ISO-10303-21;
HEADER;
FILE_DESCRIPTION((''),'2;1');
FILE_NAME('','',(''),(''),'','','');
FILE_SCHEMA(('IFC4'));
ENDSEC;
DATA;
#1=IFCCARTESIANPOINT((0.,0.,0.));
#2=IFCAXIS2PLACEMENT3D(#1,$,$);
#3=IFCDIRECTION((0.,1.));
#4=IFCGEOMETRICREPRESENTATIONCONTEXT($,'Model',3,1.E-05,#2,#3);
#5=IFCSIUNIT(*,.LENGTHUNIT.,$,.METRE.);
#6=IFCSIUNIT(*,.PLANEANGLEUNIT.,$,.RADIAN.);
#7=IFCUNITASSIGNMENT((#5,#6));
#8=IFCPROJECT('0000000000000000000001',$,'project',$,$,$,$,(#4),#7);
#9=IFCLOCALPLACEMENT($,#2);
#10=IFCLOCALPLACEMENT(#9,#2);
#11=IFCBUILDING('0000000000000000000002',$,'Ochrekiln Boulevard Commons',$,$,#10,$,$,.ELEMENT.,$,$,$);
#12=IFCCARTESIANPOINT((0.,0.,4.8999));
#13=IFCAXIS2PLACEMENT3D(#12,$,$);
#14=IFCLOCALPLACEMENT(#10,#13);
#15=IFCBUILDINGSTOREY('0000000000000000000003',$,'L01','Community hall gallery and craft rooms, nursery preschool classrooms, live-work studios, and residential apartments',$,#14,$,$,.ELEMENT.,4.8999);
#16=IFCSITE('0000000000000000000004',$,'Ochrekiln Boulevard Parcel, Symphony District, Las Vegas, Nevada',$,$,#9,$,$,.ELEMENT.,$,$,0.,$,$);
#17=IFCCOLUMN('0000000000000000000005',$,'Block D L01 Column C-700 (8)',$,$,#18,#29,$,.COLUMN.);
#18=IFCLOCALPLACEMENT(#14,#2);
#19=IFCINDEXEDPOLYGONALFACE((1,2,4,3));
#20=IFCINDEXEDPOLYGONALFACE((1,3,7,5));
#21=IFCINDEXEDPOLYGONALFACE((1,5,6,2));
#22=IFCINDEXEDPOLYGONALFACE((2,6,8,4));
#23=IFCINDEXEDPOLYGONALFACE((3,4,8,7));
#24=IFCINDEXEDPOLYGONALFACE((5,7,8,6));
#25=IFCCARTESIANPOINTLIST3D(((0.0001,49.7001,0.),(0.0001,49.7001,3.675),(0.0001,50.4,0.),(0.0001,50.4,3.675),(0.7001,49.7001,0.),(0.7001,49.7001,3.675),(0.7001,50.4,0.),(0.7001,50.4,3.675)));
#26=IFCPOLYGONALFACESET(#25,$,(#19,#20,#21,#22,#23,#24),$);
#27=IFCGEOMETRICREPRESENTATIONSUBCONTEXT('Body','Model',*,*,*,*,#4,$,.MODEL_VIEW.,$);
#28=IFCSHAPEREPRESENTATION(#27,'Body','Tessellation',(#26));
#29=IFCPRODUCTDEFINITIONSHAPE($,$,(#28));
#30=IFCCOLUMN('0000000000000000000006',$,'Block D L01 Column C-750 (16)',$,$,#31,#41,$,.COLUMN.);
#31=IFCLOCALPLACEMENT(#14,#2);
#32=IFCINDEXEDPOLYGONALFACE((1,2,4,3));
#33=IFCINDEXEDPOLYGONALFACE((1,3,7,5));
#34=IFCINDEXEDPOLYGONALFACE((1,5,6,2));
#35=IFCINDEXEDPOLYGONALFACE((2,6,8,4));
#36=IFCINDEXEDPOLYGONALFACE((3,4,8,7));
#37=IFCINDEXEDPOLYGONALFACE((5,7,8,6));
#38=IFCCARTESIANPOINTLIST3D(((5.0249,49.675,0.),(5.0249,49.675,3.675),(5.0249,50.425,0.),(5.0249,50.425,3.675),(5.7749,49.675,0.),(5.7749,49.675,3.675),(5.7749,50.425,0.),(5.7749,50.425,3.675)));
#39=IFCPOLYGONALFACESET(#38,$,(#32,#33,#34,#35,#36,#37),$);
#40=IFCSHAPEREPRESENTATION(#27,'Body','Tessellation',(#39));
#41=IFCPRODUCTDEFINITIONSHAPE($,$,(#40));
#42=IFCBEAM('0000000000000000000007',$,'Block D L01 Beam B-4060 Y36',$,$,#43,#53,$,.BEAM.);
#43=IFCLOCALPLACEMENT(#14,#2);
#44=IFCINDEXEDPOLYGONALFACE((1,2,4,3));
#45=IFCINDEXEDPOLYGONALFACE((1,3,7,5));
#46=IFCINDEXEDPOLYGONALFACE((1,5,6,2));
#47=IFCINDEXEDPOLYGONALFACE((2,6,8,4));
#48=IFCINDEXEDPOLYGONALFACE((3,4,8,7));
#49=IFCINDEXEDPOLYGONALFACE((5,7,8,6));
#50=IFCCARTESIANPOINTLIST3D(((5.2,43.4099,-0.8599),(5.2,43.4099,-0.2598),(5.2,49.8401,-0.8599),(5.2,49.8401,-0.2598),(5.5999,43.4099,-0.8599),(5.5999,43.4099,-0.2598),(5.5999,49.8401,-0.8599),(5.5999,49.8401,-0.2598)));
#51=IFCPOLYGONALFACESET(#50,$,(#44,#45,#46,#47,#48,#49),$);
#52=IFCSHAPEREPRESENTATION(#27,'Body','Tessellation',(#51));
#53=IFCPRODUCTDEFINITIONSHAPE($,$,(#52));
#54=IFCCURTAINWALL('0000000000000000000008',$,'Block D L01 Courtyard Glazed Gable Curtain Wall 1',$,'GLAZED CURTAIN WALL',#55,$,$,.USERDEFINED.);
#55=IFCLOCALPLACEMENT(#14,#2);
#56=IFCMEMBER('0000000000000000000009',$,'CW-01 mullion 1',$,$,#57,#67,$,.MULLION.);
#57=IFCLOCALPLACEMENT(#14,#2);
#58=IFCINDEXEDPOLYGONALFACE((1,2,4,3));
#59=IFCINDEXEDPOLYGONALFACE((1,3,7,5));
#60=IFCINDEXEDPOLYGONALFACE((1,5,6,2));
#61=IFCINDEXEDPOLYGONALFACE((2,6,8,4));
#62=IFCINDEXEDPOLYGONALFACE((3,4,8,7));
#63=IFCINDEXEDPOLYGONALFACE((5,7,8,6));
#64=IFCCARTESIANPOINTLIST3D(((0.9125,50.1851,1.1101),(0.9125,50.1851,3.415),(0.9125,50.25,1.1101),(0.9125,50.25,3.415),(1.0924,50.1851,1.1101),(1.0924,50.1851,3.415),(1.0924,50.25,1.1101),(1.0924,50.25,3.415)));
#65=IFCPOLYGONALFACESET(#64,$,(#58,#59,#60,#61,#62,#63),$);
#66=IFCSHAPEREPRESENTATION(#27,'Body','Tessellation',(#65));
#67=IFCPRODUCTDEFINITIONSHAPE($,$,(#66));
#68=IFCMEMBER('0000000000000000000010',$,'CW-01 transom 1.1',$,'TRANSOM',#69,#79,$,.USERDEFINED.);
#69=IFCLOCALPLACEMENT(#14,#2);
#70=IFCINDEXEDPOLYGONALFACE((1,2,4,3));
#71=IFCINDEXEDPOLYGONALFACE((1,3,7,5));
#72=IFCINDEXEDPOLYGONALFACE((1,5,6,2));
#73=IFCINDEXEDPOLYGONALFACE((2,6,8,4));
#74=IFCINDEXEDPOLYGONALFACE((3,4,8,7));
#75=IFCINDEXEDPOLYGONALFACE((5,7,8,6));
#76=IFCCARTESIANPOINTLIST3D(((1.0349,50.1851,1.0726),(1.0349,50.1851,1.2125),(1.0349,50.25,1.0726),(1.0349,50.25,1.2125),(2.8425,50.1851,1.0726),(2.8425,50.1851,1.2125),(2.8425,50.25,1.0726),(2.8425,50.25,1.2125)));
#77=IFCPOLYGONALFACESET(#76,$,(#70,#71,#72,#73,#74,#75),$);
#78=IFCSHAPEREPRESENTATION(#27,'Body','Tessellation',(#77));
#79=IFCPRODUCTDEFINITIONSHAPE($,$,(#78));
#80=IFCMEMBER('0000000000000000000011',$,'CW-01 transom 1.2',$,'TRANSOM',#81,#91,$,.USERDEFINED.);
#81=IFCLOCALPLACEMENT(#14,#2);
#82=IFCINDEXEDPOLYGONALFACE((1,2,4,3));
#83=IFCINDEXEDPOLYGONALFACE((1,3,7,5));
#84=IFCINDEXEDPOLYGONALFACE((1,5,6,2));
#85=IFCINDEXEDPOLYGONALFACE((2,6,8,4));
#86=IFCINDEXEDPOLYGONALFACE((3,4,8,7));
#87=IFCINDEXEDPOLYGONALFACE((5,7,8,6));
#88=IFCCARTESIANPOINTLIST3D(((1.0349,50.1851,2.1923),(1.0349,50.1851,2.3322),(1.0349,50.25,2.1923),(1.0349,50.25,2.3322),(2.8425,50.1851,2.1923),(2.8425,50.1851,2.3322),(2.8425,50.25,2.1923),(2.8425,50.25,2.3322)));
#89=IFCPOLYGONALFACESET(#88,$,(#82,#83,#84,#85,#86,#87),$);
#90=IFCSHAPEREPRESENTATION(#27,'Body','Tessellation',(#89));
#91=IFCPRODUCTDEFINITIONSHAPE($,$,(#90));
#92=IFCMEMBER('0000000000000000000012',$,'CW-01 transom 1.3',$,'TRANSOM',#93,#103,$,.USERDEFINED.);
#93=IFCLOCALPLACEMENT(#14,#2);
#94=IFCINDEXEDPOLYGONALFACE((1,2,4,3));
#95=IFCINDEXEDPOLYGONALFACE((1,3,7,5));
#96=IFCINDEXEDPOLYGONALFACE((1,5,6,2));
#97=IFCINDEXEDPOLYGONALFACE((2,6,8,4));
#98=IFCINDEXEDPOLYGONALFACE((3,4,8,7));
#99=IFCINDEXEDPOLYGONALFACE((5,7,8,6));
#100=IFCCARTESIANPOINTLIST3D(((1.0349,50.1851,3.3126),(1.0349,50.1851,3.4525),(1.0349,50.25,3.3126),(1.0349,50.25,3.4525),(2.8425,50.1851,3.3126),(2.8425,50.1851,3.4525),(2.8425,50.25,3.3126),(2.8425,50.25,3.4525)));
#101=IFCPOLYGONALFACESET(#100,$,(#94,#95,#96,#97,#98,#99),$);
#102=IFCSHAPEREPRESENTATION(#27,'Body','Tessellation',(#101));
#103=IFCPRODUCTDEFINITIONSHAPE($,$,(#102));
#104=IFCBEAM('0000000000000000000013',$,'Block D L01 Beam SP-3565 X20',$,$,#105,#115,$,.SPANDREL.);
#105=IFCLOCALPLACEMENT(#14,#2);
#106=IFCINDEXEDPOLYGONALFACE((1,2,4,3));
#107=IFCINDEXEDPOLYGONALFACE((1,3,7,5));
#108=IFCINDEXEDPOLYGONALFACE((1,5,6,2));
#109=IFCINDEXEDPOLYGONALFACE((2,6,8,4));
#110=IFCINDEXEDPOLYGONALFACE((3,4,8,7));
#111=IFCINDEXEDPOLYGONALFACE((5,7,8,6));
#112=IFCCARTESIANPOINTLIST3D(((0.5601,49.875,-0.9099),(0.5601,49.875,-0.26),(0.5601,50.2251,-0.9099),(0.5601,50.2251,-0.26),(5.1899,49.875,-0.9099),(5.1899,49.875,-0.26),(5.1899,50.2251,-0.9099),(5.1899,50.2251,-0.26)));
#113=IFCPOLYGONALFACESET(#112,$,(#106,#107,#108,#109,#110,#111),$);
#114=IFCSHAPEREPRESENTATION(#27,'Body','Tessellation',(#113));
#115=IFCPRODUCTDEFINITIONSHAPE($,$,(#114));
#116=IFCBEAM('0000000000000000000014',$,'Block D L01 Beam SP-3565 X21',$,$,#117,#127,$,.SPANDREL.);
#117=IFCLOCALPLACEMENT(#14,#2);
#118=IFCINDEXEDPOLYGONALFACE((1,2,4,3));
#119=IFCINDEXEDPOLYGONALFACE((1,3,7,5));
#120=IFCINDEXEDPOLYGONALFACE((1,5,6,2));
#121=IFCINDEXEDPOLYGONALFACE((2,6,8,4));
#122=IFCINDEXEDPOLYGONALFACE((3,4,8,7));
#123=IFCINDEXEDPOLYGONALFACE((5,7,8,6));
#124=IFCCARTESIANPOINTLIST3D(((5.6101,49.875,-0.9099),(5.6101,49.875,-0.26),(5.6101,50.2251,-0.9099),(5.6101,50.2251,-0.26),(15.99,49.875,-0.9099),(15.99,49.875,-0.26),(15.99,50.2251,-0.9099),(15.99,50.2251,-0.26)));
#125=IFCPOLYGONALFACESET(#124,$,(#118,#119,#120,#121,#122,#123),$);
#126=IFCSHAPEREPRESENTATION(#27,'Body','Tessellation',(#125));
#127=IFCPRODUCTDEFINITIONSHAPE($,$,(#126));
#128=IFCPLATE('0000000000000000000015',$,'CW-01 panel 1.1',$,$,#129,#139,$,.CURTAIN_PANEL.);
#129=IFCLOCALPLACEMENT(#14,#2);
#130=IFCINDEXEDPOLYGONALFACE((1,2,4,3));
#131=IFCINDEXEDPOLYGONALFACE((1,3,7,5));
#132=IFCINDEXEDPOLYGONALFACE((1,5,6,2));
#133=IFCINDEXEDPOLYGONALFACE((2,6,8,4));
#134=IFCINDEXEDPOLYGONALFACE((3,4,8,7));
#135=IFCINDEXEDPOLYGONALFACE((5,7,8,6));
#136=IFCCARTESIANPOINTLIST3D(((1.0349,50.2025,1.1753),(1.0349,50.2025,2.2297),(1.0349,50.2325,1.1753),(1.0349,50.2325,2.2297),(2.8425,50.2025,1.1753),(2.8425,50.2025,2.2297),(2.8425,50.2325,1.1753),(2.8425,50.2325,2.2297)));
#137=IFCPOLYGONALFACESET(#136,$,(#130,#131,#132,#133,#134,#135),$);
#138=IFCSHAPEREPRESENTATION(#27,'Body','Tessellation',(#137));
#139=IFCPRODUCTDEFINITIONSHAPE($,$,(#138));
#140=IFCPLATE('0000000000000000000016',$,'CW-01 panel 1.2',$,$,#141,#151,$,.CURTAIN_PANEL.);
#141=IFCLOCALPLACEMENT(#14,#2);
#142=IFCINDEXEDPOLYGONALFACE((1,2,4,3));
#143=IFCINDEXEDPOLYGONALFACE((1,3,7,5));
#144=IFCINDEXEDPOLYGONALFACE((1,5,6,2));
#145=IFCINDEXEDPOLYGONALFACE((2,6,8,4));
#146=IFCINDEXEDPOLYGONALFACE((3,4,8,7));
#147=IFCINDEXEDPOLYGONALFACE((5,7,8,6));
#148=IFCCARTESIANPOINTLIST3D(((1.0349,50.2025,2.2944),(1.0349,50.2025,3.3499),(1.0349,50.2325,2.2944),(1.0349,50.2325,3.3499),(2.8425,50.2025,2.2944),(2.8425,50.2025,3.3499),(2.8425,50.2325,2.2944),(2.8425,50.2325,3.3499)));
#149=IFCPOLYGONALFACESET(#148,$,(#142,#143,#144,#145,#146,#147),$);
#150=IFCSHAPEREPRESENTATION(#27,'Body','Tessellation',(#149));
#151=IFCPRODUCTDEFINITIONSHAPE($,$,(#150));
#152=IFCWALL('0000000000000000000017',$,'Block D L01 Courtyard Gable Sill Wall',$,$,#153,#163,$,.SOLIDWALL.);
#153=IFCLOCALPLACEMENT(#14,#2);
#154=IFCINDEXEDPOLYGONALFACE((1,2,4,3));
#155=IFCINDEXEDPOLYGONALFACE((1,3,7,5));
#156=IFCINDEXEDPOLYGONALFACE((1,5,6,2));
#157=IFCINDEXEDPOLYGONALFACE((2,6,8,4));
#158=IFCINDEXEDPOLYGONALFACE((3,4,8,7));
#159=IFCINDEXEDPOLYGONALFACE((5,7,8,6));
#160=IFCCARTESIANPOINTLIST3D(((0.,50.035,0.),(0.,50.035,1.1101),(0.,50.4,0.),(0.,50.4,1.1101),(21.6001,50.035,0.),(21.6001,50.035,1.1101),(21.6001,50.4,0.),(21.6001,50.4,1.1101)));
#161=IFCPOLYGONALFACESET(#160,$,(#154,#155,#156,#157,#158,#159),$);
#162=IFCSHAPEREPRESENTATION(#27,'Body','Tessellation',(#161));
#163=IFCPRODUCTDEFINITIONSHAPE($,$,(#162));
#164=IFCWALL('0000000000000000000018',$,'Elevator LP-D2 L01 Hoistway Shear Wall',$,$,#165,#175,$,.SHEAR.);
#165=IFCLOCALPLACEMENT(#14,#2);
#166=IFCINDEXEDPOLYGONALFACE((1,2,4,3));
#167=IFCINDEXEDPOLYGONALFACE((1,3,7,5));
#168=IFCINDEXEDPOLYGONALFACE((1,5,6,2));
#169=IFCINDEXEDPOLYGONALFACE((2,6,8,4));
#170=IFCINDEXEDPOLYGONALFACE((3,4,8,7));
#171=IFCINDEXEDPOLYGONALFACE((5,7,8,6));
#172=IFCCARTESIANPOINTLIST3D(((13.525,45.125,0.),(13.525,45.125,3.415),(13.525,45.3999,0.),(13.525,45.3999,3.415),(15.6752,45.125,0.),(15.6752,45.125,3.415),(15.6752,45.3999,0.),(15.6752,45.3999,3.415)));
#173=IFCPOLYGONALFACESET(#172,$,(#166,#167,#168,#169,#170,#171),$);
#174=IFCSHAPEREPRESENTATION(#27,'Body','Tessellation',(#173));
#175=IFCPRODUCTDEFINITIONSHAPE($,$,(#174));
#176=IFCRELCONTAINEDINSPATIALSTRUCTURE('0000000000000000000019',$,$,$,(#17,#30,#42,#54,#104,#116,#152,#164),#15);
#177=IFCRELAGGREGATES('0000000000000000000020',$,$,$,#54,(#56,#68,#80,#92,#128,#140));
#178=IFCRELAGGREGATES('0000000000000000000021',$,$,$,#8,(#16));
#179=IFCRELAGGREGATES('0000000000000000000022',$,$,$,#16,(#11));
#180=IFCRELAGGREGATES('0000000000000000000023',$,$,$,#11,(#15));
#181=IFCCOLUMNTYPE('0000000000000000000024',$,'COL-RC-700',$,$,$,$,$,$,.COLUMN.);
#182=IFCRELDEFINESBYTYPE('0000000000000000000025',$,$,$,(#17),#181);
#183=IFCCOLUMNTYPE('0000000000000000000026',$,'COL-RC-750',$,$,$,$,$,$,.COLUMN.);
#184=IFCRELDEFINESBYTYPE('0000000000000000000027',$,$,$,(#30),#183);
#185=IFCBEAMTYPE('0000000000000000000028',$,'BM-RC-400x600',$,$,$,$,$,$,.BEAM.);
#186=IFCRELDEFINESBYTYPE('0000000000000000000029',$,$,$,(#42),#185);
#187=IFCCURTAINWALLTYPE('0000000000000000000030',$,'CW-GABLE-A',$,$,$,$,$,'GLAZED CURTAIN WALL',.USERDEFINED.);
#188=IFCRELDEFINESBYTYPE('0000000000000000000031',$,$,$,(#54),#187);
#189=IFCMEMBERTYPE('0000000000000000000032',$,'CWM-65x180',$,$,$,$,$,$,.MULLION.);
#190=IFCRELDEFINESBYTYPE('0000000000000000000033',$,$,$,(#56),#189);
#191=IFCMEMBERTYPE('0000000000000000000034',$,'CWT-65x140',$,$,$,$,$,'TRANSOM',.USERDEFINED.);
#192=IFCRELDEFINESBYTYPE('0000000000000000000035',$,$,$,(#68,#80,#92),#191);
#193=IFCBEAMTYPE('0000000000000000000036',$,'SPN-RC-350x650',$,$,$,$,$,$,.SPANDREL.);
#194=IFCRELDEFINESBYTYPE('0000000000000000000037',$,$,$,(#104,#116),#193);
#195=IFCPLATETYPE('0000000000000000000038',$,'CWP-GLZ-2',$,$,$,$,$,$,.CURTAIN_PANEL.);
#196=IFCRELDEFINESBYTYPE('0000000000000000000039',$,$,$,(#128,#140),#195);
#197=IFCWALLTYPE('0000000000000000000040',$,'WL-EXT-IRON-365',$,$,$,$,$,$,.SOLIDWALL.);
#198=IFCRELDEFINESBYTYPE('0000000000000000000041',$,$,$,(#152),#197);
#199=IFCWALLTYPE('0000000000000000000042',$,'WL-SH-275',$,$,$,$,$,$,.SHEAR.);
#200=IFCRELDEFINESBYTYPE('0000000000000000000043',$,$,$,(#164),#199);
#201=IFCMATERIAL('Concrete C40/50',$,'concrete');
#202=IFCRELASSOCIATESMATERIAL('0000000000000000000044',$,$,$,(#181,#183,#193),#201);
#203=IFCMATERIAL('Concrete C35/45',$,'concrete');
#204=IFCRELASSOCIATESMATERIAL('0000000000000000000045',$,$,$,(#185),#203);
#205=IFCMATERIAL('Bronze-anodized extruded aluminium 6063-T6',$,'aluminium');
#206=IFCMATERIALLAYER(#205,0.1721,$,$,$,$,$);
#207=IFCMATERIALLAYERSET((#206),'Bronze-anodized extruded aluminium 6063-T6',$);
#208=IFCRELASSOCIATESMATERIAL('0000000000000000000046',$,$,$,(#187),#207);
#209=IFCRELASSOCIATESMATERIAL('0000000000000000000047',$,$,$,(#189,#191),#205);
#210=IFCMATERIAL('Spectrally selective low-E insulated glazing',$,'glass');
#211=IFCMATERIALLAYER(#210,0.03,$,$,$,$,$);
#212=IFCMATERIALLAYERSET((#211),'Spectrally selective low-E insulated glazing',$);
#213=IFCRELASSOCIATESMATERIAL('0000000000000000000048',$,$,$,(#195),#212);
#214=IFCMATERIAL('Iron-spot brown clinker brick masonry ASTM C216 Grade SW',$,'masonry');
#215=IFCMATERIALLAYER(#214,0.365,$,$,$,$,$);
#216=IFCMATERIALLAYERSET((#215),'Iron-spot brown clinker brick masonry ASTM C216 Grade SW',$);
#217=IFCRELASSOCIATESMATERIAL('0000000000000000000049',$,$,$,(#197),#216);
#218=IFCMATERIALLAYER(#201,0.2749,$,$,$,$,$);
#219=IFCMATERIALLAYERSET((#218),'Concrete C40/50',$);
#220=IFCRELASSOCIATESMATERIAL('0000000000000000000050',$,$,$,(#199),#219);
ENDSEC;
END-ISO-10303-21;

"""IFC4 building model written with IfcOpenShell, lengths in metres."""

from ifc_helpers import new_model, si_unit, direction, frame, frame_2d, origin, origin_2d, place, context, subcontext, project, spatial, rectangle, extrude, material, layer, layer_set, material_profile, profile_set, type_object, element, aggregate, save


model = new_model("IFC4")

# Units and contexts
model_context = context("Model", 3, precision=1e-05, world=origin(), true_north=direction((0.0, 1.0)))
body_context = subcontext(model_context, "Body", "Model", "MODEL_VIEW")
ifc_project = project(units=[si_unit("LENGTHUNIT", "METRE"), si_unit("PLANEANGLEUNIT", "RADIAN")], contexts=[model_context])

# Site, building, storey
site_placement = place(None, origin())
site = spatial("IfcSite", under=ifc_project, at=site_placement, Name="Ochrekiln Boulevard Parcel, Symphony District, Las Vegas, Nevada", CompositionType="ELEMENT", RefElevation=0.0)
building_placement = place(site_placement, origin())
building = spatial("IfcBuilding", under=site, at=building_placement, Name="Ochrekiln Boulevard Commons", CompositionType="ELEMENT")
storey_placement = place(building_placement, frame((0.0, 0.0, 4.8999)))
storey = spatial("IfcBuildingStorey", under=building, at=storey_placement, Name="L01", Description="Community hall gallery and craft rooms, nursery preschool classrooms, live-work studios, and residential apartments", CompositionType="ELEMENT", Elevation=4.8999)

# Columns
ifc_material_1 = material(Name="Concrete C40/50", Category="concrete")
ifc_material_profile_1 = material_profile(ifc_material_1, rectangle(XDim=0.7, YDim=0.7, at=origin_2d()), Name="RC-COL-700x700")
ifc_profile_set_1 = profile_set([ifc_material_profile_1], Name="Concrete C40/50")
column_type_1 = type_object("IfcColumnType", Name="COL-RC-700", PredefinedType="COLUMN", material=ifc_profile_set_1)
column_1_placement = place(storey_placement, frame((0.3501, 50.05, 0.0), z_axis=(0.0, 0.0, 1.0), x_axis=(1.0, 0.0, 0.0)))
element("IfcColumn", 1, at=column_1_placement, inside=storey, type_object=column_type_1, Name="Block D L01 Column C-700 (8)", PredefinedType="COLUMN", context=body_context, shape_type="SweptSolid", body=[
    extrude(rectangle(XDim=0.7, YDim=0.7, at=origin_2d()), origin(), (0.0, 0.0, 1.0), 3.675),
])
ifc_material_profile_2 = material_profile(ifc_material_1, rectangle(XDim=0.75, YDim=0.75, at=origin_2d()), Name="RC-COL-750x750")
ifc_profile_set_2 = profile_set([ifc_material_profile_2], Name="Concrete C40/50")
column_type_2 = type_object("IfcColumnType", Name="COL-RC-750", PredefinedType="COLUMN", material=ifc_profile_set_2)
column_2_placement = place(storey_placement, frame((5.3999, 50.05, 0.0), z_axis=(0.0, 0.0, 1.0), x_axis=(1.0, 0.0, 0.0)))
element("IfcColumn", 2, at=column_2_placement, inside=storey, type_object=column_type_2, Name="Block D L01 Column C-750 (16)", PredefinedType="COLUMN", context=body_context, shape_type="SweptSolid", body=[
    extrude(rectangle(XDim=0.75, YDim=0.75, at=origin_2d()), origin(), (0.0, 0.0, 1.0), 3.675),
])

# Beam
ifc_material_2 = material(Name="Concrete C35/45", Category="concrete")
ifc_material_profile_3 = material_profile(ifc_material_2, rectangle(XDim=0.3999, YDim=0.6001, at=origin_2d()), Name="RC-BM-400x600")
ifc_profile_set_3 = profile_set([ifc_material_profile_3], Name="Concrete C35/45")
beam_type_1 = type_object("IfcBeamType", Name="BM-RC-400x600", PredefinedType="BEAM", material=ifc_profile_set_3)
beam_1_placement = place(storey_placement, frame((5.3999, 43.4099, -0.5598), z_axis=(0.0, 1.0, 0.0), x_axis=(-1.0, 0.0, 0.0)))
element("IfcBeam", 3, at=beam_1_placement, inside=storey, type_object=beam_type_1, Name="Block D L01 Beam B-4060 Y36", PredefinedType="BEAM", context=body_context, shape_type="SweptSolid", body=[
    extrude(rectangle(XDim=0.3999, YDim=0.6001, at=origin_2d()), origin(), (0.0, 0.0, 1.0), 6.4302),
])

# Curtain wall, members
ifc_material_3 = material(Name="Bronze-anodized extruded aluminium 6063-T6", Category="aluminium")
ifc_layer_1 = layer(ifc_material_3, 0.1721)
ifc_layer_set_1 = layer_set([ifc_layer_1], Name="Bronze-anodized extruded aluminium 6063-T6")
curtain_wall_type = type_object("IfcCurtainWallType", Name="CW-GABLE-A", ElementType="GLAZED CURTAIN WALL", PredefinedType="USERDEFINED", material=ifc_layer_set_1)
curtain_wall_placement = place(storey_placement, origin())
curtain_wall = element("IfcCurtainWall", 4, at=curtain_wall_placement, inside=storey, type_object=curtain_wall_type, Name="Block D L01 Courtyard Glazed Gable Curtain Wall 1", ObjectType="GLAZED CURTAIN WALL", PredefinedType="USERDEFINED")
ifc_material_profile_4 = material_profile(ifc_material_3, rectangle(XDim=0.0649, YDim=0.1799, at=origin_2d()), Name="ALU-MUL-65x180")
ifc_profile_set_4 = profile_set([ifc_material_profile_4], Name="Bronze-anodized extruded aluminium 6063-T6")
member_type_1 = type_object("IfcMemberType", Name="CWM-65x180", PredefinedType="MULLION", material=ifc_profile_set_4)
member_1_placement = place(storey_placement, frame((1.0024, 50.2175, 1.1101), z_axis=(0.0, 0.0, 1.0), x_axis=(0.0, 1.0, 0.0)))
member_1 = element("IfcMember", 5, at=member_1_placement, type_object=member_type_1, Name="CW-01 mullion 1", PredefinedType="MULLION", context=body_context, shape_type="SweptSolid", body=[
    extrude(rectangle(XDim=0.0649, YDim=0.1799, at=origin_2d()), origin(), (0.0, 0.0, 1.0), 2.3049),
])
ifc_material_profile_5 = material_profile(ifc_material_3, rectangle(XDim=0.0649, YDim=0.1399, at=origin_2d()), Name="ALU-TRN-65x140")
ifc_profile_set_5 = profile_set([ifc_material_profile_5], Name="Bronze-anodized extruded aluminium 6063-T6")
member_type_2 = type_object("IfcMemberType", Name="CWT-65x140", ElementType="TRANSOM", PredefinedType="USERDEFINED", material=ifc_profile_set_5)
member_2_placement = place(storey_placement, frame((1.0349, 50.2175, 1.1426), z_axis=(1.0, 0.0, 0.0), x_axis=(0.0, 1.0, 0.0)))
member_2 = element("IfcMember", 6, at=member_2_placement, type_object=member_type_2, Name="CW-01 transom 1.1", ObjectType="TRANSOM", PredefinedType="USERDEFINED", context=body_context, shape_type="SweptSolid", body=[
    extrude(rectangle(XDim=0.0649, YDim=0.1399, at=origin_2d()), origin(), (0.0, 0.0, 1.0), 1.8076),
])
member_3_placement = place(storey_placement, frame((1.0349, 50.2175, 2.2622), z_axis=(1.0, 0.0, 0.0), x_axis=(0.0, 1.0, 0.0)))
member_3 = element("IfcMember", 7, at=member_3_placement, type_object=member_type_2, Name="CW-01 transom 1.2", ObjectType="TRANSOM", PredefinedType="USERDEFINED", context=body_context, shape_type="SweptSolid", body=[
    extrude(rectangle(XDim=0.0649, YDim=0.1399, at=origin_2d()), origin(), (0.0, 0.0, 1.0), 1.8076),
])
member_4_placement = place(storey_placement, frame((1.0349, 50.2175, 3.3826), z_axis=(1.0, 0.0, 0.0), x_axis=(0.0, 1.0, 0.0)))
member_4 = element("IfcMember", 8, at=member_4_placement, type_object=member_type_2, Name="CW-01 transom 1.3", ObjectType="TRANSOM", PredefinedType="USERDEFINED", context=body_context, shape_type="SweptSolid", body=[
    extrude(rectangle(XDim=0.0649, YDim=0.1399, at=origin_2d()), origin(), (0.0, 0.0, 1.0), 1.8076),
])

# Beams
ifc_material_profile_6 = material_profile(ifc_material_1, rectangle(XDim=0.3501, YDim=0.6499, at=origin_2d()), Name="RC-SPN-350x650")
ifc_profile_set_6 = profile_set([ifc_material_profile_6], Name="Concrete C40/50")
beam_type_2 = type_object("IfcBeamType", Name="SPN-RC-350x650", PredefinedType="SPANDREL", material=ifc_profile_set_6)
beam_2_placement = place(storey_placement, frame((0.5601, 50.05, -0.585), z_axis=(1.0, 0.0, 0.0), x_axis=(0.0, 1.0, 0.0)))
element("IfcBeam", 9, at=beam_2_placement, inside=storey, type_object=beam_type_2, Name="Block D L01 Beam SP-3565 X20", PredefinedType="SPANDREL", context=body_context, shape_type="SweptSolid", body=[
    extrude(rectangle(XDim=0.3501, YDim=0.6499, at=origin_2d()), origin(), (0.0, 0.0, 1.0), 4.6299),
])
beam_3_placement = place(storey_placement, frame((5.6101, 50.05, -0.585), z_axis=(1.0, 0.0, 0.0), x_axis=(0.0, 1.0, 0.0)))
element("IfcBeam", 10, at=beam_3_placement, inside=storey, type_object=beam_type_2, Name="Block D L01 Beam SP-3565 X21", PredefinedType="SPANDREL", context=body_context, shape_type="SweptSolid", body=[
    extrude(rectangle(XDim=0.3501, YDim=0.6499, at=origin_2d()), origin(), (0.0, 0.0, 1.0), 10.3799),
])

# Plates
ifc_material_4 = material(Name="Spectrally selective low-E insulated glazing", Category="glass")
ifc_layer_2 = layer(ifc_material_4, 0.03)
ifc_layer_set_2 = layer_set([ifc_layer_2], Name="Spectrally selective low-E insulated glazing")
plate_type = type_object("IfcPlateType", Name="CWP-GLZ-2", PredefinedType="CURTAIN_PANEL", material=ifc_layer_set_2)
plate_1_placement = place(storey_placement, frame((1.9387, 50.2175, 1.1753), z_axis=(0.0, 0.0, 1.0), x_axis=(1.0, 0.0, 0.0)))
plate_1 = element("IfcPlate", 11, at=plate_1_placement, type_object=plate_type, Name="CW-01 panel 1.1", PredefinedType="CURTAIN_PANEL", context=body_context, shape_type="SweptSolid", body=[
    extrude(rectangle(XDim=1.8076, YDim=0.03, at=origin_2d()), origin(), (0.0, 0.0, 1.0), 1.0544),
])
plate_2_placement = place(storey_placement, frame((1.9387, 50.2175, 2.2944), z_axis=(0.0, 0.0, 1.0), x_axis=(1.0, 0.0, 0.0)))
plate_2 = element("IfcPlate", 12, at=plate_2_placement, type_object=plate_type, Name="CW-01 panel 1.2", PredefinedType="CURTAIN_PANEL", context=body_context, shape_type="SweptSolid", body=[
    extrude(rectangle(XDim=1.8076, YDim=0.03, at=origin_2d()), origin(), (0.0, 0.0, 1.0), 1.0554),
])
aggregate(curtain_wall, [member_1, member_2, member_3, member_4, plate_1, plate_2])

# Wall
ifc_material_5 = material(Name="Iron-spot brown clinker brick masonry ASTM C216 Grade SW", Category="masonry")
ifc_layer_3 = layer(ifc_material_5, 0.365)
ifc_layer_set_3 = layer_set([ifc_layer_3], Name="Iron-spot brown clinker brick masonry ASTM C216 Grade SW")
wall_type_1 = type_object("IfcWallType", Name="WL-EXT-IRON-365", PredefinedType="SOLIDWALL", material=ifc_layer_set_3)
wall_1_placement = place(storey_placement, frame((0.0, 50.2175, 0.0), z_axis=(0.0, 0.0, 1.0), x_axis=(1.0, 0.0, 0.0)))
element("IfcWall", 13, at=wall_1_placement, inside=storey, type_object=wall_type_1, Name="Block D L01 Courtyard Gable Sill Wall", PredefinedType="SOLIDWALL", context=body_context, shape_type="SweptSolid", body=[
    extrude(rectangle(XDim=21.6001, YDim=0.365, at=frame_2d((10.8, 0.0))), origin(), (0.0, 0.0, 1.0), 1.1101),
])

# Wall
ifc_layer_4 = layer(ifc_material_1, 0.2749)
ifc_layer_set_4 = layer_set([ifc_layer_4], Name="Concrete C40/50")
wall_type_2 = type_object("IfcWallType", Name="WL-SH-275", PredefinedType="SHEAR", material=ifc_layer_set_4)
for number, where, z_axis, x_axis, name in (
    (14, (13.5249, 45.2625, 0.0), (0.0, 0.0, 1.0), (1.0, 0.0, 0.0), "Elevator LP-D2 L01 Hoistway Shear Wall"),
):
    element("IfcWall", number, at=place(storey_placement, frame(where, z_axis=z_axis, x_axis=x_axis)), inside=storey, type_object=wall_type_2, Name=name, PredefinedType="SHEAR", context=body_context, shape_type="SweptSolid", body=[
        extrude(rectangle(XDim=2.1501, YDim=0.2749, at=frame_2d((1.0752, 0.0))), origin(), (0.0, 0.0, 1.0), 3.415),
    ])

save(model, "model.ifc")
